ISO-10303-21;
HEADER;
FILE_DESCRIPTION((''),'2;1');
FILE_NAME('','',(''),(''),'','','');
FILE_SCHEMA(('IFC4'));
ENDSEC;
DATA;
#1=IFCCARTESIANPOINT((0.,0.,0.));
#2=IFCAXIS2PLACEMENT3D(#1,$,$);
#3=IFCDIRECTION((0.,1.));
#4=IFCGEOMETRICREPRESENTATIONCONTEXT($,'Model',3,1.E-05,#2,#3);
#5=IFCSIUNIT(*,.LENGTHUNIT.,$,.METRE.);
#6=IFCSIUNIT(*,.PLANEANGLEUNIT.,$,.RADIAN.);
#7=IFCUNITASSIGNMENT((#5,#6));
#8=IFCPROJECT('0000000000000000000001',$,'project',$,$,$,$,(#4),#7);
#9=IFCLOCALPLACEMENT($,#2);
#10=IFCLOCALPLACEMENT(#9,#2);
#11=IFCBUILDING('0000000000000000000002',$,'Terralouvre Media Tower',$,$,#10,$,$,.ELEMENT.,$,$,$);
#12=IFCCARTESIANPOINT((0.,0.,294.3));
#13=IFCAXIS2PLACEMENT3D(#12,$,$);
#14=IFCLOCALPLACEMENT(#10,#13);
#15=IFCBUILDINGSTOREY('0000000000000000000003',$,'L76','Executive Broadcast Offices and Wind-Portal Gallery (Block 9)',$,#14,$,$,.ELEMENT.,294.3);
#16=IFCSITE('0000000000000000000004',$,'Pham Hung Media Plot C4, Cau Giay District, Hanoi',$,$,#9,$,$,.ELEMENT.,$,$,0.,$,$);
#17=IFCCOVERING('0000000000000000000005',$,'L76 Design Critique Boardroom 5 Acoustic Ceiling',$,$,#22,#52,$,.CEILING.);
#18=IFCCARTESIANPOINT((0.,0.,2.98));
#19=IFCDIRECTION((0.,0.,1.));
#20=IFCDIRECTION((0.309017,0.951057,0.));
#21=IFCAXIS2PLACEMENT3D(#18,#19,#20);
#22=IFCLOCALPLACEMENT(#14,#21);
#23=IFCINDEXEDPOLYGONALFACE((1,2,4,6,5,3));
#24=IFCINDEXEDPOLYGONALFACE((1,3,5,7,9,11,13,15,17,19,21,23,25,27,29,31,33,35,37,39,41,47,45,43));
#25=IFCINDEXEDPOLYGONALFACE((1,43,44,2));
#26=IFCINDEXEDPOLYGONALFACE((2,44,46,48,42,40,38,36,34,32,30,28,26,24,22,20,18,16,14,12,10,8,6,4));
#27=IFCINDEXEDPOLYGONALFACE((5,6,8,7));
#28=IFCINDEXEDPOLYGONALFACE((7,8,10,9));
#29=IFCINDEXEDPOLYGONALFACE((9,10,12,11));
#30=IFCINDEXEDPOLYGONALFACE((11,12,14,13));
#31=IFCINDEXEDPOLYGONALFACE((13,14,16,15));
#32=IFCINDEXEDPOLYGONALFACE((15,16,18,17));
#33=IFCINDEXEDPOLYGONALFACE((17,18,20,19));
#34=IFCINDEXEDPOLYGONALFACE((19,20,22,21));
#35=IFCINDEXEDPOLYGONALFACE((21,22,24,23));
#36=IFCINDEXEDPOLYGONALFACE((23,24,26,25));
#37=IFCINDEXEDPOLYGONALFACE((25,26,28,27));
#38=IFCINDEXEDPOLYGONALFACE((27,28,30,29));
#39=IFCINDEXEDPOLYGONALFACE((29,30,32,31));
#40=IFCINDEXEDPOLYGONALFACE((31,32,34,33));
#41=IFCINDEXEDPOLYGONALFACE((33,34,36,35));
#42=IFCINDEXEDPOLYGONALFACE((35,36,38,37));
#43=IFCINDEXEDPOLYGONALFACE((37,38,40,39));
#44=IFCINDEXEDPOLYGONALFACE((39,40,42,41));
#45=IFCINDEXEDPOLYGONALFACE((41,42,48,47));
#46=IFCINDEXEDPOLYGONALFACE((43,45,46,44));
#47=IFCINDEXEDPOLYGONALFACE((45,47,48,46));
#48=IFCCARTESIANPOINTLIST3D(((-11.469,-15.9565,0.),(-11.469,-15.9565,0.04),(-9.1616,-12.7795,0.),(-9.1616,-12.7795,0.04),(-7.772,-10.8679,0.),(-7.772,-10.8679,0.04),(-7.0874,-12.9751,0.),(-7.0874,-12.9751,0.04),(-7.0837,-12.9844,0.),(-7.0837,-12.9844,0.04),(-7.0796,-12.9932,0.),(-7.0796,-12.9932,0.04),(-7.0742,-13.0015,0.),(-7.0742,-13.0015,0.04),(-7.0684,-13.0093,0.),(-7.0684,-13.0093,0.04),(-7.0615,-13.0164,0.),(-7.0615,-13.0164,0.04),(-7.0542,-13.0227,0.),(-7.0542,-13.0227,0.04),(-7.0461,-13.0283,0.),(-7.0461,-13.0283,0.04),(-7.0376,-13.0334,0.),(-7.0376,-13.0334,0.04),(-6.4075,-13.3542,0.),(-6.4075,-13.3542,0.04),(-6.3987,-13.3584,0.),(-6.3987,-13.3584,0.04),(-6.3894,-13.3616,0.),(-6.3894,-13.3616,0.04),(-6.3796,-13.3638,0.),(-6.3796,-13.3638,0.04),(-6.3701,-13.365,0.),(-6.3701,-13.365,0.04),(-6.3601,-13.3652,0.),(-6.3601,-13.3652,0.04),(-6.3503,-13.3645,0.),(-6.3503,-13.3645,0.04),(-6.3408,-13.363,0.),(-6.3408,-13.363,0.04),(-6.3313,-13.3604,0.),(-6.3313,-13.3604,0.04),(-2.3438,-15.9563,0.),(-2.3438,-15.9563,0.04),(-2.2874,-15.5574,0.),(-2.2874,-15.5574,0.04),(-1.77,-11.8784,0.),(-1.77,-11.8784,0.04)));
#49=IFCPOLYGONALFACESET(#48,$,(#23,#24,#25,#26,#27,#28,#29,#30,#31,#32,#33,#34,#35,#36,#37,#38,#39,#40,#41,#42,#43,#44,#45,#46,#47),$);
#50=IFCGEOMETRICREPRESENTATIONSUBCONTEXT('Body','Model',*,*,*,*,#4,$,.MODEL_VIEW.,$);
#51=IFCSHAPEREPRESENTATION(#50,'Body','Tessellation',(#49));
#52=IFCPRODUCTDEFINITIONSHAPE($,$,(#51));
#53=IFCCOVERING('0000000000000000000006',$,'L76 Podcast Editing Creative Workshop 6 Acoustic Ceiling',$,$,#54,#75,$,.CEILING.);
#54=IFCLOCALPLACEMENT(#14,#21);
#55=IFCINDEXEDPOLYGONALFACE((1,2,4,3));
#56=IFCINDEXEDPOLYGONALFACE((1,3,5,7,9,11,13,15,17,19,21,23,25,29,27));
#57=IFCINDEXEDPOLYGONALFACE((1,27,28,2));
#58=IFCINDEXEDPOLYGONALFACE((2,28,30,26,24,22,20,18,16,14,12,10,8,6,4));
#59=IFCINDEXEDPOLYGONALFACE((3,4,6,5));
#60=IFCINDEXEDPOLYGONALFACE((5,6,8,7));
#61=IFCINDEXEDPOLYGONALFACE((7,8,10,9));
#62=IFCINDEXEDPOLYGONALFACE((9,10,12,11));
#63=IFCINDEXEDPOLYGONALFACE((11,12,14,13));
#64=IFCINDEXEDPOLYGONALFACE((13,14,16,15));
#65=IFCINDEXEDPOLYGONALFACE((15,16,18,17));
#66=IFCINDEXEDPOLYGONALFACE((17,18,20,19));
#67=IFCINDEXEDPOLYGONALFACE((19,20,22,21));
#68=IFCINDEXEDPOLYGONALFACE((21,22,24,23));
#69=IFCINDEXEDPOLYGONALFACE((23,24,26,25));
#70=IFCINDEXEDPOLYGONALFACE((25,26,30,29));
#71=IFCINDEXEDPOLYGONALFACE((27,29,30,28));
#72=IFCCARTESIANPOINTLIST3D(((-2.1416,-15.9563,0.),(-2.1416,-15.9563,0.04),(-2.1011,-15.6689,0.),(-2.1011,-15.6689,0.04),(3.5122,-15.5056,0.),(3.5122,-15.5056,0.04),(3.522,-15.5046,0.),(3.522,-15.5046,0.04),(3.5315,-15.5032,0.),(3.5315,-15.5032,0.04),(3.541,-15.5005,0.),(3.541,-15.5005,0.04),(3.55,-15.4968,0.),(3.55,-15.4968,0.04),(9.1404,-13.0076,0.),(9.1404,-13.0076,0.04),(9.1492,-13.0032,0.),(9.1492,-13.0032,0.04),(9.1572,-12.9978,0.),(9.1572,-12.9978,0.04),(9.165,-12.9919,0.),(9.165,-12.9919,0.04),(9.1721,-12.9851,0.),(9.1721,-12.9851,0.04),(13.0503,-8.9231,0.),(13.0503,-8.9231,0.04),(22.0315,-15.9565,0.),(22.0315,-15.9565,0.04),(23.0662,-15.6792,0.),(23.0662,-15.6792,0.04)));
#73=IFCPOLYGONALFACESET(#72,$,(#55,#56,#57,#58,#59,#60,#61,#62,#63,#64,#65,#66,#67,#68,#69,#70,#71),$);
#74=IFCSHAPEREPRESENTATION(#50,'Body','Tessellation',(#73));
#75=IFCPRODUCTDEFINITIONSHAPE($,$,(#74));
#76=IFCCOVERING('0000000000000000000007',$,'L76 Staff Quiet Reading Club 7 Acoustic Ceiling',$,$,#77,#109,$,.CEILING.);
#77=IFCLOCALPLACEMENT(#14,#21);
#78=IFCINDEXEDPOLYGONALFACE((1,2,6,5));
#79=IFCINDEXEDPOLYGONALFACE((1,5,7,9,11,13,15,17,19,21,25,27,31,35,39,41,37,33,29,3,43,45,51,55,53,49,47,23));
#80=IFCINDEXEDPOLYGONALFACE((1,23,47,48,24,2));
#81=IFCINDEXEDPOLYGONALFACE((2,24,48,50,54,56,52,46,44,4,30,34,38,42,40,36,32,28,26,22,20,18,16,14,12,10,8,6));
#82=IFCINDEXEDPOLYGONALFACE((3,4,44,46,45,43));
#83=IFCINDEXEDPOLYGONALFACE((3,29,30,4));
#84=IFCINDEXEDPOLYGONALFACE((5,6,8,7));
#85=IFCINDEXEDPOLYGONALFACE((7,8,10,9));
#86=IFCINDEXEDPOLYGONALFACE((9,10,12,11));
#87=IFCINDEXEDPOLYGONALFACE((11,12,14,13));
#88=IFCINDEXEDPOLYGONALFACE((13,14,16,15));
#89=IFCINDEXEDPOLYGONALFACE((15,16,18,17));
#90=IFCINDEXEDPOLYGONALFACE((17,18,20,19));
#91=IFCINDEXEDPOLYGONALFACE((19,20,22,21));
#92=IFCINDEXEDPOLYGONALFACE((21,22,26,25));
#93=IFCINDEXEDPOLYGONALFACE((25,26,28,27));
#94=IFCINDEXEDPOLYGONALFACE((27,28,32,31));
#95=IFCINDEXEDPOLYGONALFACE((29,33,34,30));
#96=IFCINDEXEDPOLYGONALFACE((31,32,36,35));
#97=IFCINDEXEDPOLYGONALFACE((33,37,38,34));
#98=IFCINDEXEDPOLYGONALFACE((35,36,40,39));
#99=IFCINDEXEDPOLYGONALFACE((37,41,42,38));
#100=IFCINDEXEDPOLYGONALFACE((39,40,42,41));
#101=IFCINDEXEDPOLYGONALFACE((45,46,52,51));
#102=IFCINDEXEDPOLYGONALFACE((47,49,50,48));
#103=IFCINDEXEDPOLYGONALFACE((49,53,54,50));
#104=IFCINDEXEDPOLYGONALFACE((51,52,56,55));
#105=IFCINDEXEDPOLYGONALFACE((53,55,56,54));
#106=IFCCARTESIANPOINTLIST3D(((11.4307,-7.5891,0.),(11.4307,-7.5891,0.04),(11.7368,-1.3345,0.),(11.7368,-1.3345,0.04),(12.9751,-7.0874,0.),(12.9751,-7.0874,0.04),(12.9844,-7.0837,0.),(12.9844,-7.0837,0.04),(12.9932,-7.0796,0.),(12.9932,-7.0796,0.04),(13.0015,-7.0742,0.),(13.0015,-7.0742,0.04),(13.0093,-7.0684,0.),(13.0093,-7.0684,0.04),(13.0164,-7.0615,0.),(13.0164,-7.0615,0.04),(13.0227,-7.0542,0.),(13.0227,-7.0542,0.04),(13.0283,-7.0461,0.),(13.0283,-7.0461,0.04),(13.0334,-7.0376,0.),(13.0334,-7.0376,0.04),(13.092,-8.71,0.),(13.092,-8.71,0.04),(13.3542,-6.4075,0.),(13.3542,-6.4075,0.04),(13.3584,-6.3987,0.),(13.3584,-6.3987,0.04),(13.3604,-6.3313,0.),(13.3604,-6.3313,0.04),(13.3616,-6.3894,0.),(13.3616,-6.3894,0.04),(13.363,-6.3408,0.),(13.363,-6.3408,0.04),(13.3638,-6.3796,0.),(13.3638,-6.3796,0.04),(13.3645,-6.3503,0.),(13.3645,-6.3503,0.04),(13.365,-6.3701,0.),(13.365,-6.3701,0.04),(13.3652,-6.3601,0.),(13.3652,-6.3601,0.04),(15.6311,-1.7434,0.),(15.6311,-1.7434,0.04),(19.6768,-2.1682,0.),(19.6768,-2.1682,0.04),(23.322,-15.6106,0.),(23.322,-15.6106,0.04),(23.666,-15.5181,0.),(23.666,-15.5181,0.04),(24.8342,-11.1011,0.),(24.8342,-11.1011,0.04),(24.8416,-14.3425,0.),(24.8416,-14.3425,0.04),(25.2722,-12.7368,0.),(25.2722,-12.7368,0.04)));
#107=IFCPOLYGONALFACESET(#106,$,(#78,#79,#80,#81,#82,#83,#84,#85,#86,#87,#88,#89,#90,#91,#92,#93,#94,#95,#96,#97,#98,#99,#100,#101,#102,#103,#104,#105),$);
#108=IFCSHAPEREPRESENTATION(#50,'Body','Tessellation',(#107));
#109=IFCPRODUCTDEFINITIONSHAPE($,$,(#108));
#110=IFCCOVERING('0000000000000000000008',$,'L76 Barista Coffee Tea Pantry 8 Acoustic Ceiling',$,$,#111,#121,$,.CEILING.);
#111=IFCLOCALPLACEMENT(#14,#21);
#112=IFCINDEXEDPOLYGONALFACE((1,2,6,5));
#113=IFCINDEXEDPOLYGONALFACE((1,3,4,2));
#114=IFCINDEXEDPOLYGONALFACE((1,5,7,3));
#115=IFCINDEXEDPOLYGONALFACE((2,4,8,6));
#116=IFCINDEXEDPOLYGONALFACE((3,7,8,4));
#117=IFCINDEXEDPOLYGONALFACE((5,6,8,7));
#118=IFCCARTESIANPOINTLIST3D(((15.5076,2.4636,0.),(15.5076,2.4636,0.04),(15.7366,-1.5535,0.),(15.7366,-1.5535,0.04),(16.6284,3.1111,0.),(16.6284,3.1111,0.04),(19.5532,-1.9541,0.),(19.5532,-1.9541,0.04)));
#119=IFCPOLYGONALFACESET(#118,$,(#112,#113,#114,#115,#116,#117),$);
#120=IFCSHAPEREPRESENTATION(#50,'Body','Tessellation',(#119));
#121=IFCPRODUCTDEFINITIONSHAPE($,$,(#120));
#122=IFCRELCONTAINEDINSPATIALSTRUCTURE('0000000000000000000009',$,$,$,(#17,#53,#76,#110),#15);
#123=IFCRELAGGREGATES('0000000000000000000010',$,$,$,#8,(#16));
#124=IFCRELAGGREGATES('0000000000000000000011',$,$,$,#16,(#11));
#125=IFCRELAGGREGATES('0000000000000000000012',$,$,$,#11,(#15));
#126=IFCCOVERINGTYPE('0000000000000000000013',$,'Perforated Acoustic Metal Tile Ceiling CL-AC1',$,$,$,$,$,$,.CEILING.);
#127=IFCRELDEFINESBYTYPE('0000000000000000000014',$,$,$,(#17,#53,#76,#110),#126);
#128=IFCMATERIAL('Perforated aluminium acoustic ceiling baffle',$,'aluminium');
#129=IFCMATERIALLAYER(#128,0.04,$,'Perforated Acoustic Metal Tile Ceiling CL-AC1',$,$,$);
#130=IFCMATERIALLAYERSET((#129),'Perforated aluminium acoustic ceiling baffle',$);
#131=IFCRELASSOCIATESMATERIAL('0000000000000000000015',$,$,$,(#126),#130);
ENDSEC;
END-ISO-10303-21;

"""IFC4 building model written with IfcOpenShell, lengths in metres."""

from ifc_helpers import new_model, si_unit, direction, frame, origin, place, context, subcontext, project, spatial, polyline, outline, extrude, material, layer, layer_set, type_object, element, save


model = new_model("IFC4")

# Units and contexts
model_context = context("Model", 3, precision=1e-05, world=origin(), true_north=direction((0.0, 1.0)))
body_context = subcontext(model_context, "Body", "Model", "MODEL_VIEW")
ifc_project = project(units=[si_unit("LENGTHUNIT", "METRE"), si_unit("PLANEANGLEUNIT", "RADIAN")], contexts=[model_context])

# Site, building, storey
site_placement = place(None, origin())
site = spatial("IfcSite", under=ifc_project, at=site_placement, Name="Pham Hung Media Plot C4, Cau Giay District, Hanoi", CompositionType="ELEMENT", RefElevation=0.0)
building_placement = place(site_placement, origin())
building = spatial("IfcBuilding", under=site, at=building_placement, Name="Terralouvre Media Tower", CompositionType="ELEMENT")
storey_placement = place(building_placement, frame((0.0, 0.0, 294.3)))
storey = spatial("IfcBuildingStorey", under=building, at=storey_placement, Name="L76", Description="Executive Broadcast Offices and Wind-Portal Gallery (Block 9)", CompositionType="ELEMENT", Elevation=294.3)

# Coverings
ifc_material_1 = material(Name="Perforated aluminium acoustic ceiling baffle", Category="aluminium")
ifc_layer_1 = layer(ifc_material_1, 0.04, Name="Perforated Acoustic Metal Tile Ceiling CL-AC1")
ifc_layer_set_1 = layer_set([ifc_layer_1], Name="Perforated aluminium acoustic ceiling baffle")
covering_type_1 = type_object("IfcCoveringType", Name="Perforated Acoustic Metal Tile Ceiling CL-AC1", PredefinedType="CEILING", material=ifc_layer_set_1)
covering_1_placement = place(storey_placement, frame((0.0, 0.0, 2.98), z_axis=(0.0, 0.0, 1.0), x_axis=(0.309017, 0.951057, 0.0)))
element("IfcCovering", 1, at=covering_1_placement, inside=storey, type_object=covering_type_1, Name="L76 Design Critique Boardroom 5 Acoustic Ceiling", PredefinedType="CEILING", context=body_context, shape_type="SweptSolid", body=[
    extrude(outline(polyline([(-1.77, -11.8784), (-6.3313, -13.3604), (-6.3408, -13.363), (-6.3503, -13.3645), (-6.3601, -13.3652), (-6.3701, -13.365), (-6.3796, -13.3638), (-6.3894, -13.3616), (-6.3987, -13.3584), (-6.4075, -13.3542), (-7.0376, -13.0334), (-7.0461, -13.0283), (-7.0542, -13.0227), (-7.0615, -13.0164), (-7.0684, -13.0093), (-7.0742, -13.0015), (-7.0796, -12.9932), (-7.0837, -12.9844), (-7.0874, -12.9751), (-7.772, -10.8679), (-9.1616, -12.7795), (-11.469, -15.9565), (-2.3438, -15.9563), (-2.2874, -15.5574), (-1.77, -11.8784)])), origin(), (0.0, 0.0, 1.0), 0.04),
])
covering_2_placement = place(storey_placement, frame((0.0, 0.0, 2.98), z_axis=(0.0, 0.0, 1.0), x_axis=(0.309017, 0.951057, 0.0)))
element("IfcCovering", 2, at=covering_2_placement, inside=storey, type_object=covering_type_1, Name="L76 Podcast Editing Creative Workshop 6 Acoustic Ceiling", PredefinedType="CEILING", context=body_context, shape_type="SweptSolid", body=[
    extrude(outline(polyline([(9.1721, -12.9851), (9.165, -12.9919), (9.1572, -12.9978), (9.1492, -13.0032), (9.1404, -13.0076), (3.55, -15.4968), (3.541, -15.5005), (3.5315, -15.5032), (3.522, -15.5046), (3.5122, -15.5056), (-2.1011, -15.6689), (-2.1416, -15.9563), (22.0315, -15.9565), (23.0662, -15.6792), (13.0503, -8.9231), (9.1721, -12.9851)])), origin(), (0.0, 0.0, 1.0), 0.04),
])
covering_3_placement = place(storey_placement, frame((0.0, 0.0, 2.98), z_axis=(0.0, 0.0, 1.0), x_axis=(0.309017, 0.951057, 0.0)))
element("IfcCovering", 3, at=covering_3_placement, inside=storey, type_object=covering_type_1, Name="L76 Staff Quiet Reading Club 7 Acoustic Ceiling", PredefinedType="CEILING", context=body_context, shape_type="SweptSolid", body=[
    extrude(outline(polyline([(19.6768, -2.1682), (15.6311, -1.7434), (11.7368, -1.3345), (13.3604, -6.3313), (13.363, -6.3408), (13.3645, -6.3503), (13.3652, -6.3601), (13.365, -6.3701), (13.3638, -6.3796), (13.3616, -6.3894), (13.3584, -6.3987), (13.3542, -6.4075), (13.0334, -7.0376), (13.0283, -7.0461), (13.0227, -7.0542), (13.0164, -7.0615), (13.0093, -7.0684), (13.0015, -7.0742), (12.9932, -7.0796), (12.9844, -7.0837), (12.9751, -7.0874), (11.4307, -7.5891), (13.092, -8.71), (23.322, -15.6106), (23.666, -15.5181), (24.8416, -14.3425), (25.2722, -12.7368), (24.8342, -11.1011), (19.6768, -2.1682)])), origin(), (0.0, 0.0, 1.0), 0.04),
])
covering_4_placement = place(storey_placement, frame((0.0, 0.0, 2.98), z_axis=(0.0, 0.0, 1.0), x_axis=(0.309017, 0.951057, 0.0)))
element("IfcCovering", 4, at=covering_4_placement, inside=storey, type_object=covering_type_1, Name="L76 Barista Coffee Tea Pantry 8 Acoustic Ceiling", PredefinedType="CEILING", context=body_context, shape_type="SweptSolid", body=[
    extrude(outline(polyline([(19.5532, -1.9541), (16.6284, 3.1111), (15.5076, 2.4636), (15.7366, -1.5535), (19.5532, -1.9541)])), origin(), (0.0, 0.0, 1.0), 0.04),
])

save(model, "model.ifc")
